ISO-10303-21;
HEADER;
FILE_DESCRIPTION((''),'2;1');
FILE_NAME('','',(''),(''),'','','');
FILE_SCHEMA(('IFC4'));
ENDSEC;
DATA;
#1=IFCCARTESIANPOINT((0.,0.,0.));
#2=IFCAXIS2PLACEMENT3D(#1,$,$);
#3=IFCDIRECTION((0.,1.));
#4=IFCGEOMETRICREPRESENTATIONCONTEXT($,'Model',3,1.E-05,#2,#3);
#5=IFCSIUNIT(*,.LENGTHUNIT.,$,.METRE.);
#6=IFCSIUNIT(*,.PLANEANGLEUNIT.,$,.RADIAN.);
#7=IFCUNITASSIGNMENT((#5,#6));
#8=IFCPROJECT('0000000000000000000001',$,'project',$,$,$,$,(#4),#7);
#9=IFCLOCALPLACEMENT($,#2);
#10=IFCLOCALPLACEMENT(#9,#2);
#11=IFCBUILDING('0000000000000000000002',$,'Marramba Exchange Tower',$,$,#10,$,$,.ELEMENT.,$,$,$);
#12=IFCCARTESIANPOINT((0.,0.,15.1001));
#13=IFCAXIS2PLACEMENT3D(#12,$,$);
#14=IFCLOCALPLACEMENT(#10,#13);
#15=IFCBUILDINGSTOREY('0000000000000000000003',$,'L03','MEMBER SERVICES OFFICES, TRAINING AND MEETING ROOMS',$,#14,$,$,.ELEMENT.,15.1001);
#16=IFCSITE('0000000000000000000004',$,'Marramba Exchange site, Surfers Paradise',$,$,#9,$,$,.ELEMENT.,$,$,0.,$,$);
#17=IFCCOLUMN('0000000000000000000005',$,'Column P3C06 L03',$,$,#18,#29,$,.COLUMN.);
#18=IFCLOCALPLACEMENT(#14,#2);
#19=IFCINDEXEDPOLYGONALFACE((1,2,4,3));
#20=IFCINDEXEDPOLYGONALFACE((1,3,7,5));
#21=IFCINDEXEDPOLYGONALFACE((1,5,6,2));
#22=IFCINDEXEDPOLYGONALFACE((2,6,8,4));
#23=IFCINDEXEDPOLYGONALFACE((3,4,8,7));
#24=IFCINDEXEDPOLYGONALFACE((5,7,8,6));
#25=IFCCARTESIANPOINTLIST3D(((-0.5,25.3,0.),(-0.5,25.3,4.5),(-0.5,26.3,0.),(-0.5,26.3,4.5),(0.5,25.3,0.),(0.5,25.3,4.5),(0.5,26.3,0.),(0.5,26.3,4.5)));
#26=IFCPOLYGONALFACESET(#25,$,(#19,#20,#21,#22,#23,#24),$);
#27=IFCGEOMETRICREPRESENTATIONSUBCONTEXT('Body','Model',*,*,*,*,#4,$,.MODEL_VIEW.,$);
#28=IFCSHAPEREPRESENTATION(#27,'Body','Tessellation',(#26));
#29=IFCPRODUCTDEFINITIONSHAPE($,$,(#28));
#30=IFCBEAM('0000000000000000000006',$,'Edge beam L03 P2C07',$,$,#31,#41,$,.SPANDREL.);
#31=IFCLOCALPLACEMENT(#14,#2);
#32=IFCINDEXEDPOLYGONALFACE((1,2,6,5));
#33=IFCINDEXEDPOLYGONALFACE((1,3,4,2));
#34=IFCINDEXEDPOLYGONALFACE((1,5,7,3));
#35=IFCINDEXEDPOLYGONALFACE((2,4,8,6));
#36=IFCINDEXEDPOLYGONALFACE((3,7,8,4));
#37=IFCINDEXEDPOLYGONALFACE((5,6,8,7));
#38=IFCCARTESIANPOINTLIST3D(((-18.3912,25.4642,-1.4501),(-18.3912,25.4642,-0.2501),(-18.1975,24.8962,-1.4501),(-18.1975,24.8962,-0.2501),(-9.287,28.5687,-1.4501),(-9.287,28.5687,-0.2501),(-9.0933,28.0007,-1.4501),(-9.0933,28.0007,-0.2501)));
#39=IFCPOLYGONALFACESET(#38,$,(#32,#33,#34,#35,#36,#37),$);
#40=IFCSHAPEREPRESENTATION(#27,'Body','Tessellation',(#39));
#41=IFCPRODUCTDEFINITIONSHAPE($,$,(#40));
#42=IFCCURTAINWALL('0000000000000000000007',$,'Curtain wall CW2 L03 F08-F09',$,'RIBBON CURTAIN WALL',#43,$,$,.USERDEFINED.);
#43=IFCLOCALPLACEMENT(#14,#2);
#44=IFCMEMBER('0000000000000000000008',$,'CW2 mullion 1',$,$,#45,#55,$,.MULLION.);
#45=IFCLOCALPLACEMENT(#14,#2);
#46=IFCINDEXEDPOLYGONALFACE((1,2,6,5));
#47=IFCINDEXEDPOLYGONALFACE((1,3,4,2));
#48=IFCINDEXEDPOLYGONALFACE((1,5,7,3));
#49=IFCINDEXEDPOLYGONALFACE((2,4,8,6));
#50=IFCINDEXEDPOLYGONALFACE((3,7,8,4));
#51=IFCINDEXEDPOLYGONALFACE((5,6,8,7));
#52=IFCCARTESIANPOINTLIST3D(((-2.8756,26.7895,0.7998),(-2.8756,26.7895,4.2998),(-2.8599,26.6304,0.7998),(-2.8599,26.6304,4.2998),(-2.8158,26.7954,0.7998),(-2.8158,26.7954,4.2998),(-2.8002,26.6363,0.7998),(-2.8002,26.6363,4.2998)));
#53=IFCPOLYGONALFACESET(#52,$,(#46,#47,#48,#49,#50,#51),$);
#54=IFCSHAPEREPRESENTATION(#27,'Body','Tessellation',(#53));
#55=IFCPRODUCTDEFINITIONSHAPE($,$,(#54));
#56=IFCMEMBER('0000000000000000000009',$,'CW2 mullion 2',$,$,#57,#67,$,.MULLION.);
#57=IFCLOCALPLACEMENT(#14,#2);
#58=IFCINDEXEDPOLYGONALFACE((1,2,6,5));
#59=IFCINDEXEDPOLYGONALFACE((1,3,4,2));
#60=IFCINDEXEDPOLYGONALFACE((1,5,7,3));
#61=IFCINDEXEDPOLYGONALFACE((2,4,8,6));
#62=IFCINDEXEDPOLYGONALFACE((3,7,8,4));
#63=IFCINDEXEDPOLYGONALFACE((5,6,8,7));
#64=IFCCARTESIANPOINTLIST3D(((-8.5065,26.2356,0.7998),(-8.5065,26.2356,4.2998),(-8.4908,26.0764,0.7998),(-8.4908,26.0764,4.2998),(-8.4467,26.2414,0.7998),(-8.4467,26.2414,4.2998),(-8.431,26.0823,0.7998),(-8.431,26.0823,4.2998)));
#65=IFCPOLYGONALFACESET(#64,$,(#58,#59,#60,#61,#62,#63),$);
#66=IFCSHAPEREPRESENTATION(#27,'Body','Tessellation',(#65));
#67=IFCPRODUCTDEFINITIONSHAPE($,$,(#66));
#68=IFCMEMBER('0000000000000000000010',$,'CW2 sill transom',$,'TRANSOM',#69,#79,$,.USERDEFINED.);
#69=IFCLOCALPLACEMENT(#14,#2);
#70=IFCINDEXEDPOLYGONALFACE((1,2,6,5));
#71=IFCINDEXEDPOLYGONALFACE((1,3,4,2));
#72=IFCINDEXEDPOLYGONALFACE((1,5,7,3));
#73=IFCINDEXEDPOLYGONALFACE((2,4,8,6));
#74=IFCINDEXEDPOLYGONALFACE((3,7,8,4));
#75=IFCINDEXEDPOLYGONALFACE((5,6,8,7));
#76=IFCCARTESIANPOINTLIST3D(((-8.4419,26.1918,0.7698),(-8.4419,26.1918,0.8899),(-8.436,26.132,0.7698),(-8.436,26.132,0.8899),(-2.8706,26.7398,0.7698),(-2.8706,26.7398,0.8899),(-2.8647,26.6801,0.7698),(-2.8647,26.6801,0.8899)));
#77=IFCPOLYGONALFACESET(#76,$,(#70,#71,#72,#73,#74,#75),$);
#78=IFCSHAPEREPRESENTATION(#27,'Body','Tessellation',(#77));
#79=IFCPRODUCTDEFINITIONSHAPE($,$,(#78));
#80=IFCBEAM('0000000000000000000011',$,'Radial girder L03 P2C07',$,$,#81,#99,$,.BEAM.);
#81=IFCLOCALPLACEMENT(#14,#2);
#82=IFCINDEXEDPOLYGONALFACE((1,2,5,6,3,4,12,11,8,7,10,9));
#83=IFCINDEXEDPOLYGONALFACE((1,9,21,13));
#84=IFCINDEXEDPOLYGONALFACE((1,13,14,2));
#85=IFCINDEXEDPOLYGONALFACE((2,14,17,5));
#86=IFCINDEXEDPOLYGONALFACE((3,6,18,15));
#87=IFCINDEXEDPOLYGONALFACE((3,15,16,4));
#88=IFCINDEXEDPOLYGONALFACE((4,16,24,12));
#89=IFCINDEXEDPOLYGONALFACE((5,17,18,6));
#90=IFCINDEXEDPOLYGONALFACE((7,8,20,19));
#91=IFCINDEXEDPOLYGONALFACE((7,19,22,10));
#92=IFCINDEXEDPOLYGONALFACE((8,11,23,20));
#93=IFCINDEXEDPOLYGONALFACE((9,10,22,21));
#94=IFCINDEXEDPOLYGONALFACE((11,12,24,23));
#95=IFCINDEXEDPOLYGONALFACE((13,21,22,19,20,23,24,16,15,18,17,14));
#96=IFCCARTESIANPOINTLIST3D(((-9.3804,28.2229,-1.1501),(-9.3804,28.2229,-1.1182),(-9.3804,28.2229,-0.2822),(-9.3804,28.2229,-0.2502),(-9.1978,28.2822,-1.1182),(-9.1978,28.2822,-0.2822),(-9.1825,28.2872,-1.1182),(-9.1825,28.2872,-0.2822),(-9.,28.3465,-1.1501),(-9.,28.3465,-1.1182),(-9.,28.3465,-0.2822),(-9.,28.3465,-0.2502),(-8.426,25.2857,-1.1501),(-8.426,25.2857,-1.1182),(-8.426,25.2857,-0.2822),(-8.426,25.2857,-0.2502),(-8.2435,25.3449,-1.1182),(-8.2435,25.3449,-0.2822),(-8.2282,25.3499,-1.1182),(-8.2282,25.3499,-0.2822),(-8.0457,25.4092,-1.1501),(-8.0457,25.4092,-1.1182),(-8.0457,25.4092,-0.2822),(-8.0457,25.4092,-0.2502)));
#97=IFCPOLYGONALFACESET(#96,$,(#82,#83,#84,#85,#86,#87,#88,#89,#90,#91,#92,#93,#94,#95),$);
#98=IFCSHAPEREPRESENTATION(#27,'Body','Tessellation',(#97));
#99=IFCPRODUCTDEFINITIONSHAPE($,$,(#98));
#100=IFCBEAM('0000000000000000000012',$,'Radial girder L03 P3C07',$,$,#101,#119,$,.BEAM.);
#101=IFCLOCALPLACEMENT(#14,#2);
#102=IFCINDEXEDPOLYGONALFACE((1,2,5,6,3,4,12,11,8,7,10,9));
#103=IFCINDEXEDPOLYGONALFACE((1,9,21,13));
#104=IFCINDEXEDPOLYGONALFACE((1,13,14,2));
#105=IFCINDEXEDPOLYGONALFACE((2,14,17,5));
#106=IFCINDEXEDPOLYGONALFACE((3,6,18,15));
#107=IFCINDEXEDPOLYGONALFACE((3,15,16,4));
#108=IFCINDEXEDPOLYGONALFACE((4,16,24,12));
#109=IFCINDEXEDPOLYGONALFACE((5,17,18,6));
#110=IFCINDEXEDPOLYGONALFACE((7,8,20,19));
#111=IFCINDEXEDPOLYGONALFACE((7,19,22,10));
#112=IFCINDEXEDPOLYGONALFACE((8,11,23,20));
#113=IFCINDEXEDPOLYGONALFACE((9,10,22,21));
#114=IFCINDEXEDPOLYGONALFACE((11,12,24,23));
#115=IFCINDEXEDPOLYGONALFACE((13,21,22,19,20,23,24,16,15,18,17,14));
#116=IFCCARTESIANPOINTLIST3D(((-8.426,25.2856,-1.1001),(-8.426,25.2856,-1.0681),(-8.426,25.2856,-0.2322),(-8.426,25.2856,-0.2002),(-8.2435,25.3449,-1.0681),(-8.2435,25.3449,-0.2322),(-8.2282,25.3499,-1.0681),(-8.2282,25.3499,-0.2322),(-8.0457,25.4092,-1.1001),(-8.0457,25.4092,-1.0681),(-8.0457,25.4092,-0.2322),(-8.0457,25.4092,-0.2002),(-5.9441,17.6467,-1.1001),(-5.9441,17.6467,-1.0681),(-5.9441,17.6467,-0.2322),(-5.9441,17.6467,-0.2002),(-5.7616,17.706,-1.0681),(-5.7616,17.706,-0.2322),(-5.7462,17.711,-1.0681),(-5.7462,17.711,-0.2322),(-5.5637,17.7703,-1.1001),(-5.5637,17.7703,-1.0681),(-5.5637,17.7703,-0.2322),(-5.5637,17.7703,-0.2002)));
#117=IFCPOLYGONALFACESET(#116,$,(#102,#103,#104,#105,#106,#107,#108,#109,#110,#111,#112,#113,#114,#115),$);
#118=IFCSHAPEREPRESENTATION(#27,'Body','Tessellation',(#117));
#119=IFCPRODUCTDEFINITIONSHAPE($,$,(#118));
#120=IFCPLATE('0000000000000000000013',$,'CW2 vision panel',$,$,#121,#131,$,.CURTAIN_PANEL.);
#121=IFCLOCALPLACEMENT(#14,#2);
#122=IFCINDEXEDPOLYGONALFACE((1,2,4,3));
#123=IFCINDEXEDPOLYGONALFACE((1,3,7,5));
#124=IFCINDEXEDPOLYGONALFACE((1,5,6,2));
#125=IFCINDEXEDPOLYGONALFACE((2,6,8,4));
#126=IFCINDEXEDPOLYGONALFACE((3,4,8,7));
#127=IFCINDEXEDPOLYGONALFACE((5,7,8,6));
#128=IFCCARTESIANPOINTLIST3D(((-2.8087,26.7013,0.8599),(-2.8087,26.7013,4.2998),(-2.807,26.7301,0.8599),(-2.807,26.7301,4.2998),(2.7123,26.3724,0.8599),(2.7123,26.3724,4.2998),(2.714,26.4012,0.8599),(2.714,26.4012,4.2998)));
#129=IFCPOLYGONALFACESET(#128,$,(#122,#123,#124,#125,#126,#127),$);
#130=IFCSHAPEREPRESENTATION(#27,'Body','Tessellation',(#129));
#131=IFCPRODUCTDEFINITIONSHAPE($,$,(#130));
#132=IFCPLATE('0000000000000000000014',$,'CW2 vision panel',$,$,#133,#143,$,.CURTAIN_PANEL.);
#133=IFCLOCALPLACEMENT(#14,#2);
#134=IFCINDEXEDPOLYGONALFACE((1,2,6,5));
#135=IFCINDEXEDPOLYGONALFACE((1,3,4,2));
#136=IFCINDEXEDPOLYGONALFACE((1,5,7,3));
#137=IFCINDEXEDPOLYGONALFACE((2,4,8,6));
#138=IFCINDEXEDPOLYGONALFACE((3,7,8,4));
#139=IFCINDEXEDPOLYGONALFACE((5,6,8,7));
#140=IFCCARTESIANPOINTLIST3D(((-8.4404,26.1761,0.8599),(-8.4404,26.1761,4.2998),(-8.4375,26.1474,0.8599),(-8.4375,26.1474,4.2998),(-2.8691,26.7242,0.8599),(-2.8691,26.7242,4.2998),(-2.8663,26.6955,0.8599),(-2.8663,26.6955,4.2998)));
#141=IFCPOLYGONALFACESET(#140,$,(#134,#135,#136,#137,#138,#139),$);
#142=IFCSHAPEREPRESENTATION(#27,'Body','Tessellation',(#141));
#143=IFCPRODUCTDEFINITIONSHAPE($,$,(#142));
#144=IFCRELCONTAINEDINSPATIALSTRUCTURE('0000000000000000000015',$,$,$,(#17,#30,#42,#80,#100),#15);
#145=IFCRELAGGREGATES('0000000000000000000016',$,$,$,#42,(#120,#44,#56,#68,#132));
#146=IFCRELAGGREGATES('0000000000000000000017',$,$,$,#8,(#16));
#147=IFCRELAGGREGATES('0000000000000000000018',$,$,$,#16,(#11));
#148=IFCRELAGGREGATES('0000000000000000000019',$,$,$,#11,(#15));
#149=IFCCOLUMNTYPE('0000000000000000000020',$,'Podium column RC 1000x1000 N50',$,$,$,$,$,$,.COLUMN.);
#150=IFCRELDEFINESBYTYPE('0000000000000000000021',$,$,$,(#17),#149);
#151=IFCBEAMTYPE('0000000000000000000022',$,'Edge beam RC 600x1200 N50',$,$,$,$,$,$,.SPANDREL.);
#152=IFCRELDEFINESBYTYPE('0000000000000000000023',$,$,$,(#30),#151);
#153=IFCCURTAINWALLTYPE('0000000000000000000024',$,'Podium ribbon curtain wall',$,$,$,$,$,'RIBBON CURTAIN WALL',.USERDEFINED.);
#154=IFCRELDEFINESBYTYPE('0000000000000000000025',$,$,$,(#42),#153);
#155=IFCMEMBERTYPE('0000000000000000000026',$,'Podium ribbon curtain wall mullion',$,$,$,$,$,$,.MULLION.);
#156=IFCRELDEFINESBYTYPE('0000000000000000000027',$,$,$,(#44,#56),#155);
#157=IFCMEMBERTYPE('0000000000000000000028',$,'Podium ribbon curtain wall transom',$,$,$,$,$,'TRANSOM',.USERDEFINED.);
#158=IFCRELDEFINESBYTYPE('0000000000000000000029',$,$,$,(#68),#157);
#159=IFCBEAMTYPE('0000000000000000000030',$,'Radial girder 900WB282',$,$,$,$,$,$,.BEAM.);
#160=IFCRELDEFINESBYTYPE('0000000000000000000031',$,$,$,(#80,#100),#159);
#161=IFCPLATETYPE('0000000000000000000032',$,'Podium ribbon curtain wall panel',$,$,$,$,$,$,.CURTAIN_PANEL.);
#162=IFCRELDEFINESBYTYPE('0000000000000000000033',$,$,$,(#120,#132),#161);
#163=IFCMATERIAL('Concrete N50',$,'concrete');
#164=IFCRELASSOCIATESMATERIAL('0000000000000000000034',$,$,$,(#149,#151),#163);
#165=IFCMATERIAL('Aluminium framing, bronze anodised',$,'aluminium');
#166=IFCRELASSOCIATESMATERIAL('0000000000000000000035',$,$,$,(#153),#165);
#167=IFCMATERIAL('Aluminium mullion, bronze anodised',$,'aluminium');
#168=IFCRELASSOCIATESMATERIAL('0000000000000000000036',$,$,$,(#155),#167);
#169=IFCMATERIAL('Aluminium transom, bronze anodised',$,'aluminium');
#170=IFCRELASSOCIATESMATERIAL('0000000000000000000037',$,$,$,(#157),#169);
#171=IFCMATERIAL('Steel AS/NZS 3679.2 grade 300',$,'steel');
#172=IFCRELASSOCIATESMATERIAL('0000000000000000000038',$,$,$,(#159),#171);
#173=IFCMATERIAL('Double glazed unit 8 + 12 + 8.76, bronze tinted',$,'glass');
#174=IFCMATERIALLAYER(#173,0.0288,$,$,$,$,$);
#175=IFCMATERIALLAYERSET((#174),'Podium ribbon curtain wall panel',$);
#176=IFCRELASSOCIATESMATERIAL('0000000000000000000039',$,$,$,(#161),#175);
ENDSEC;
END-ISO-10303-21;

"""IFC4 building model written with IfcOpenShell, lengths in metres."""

from ifc_helpers import new_model, si_unit, direction, frame, origin, origin_2d, place, context, subcontext, project, spatial, rectangle, i_section, extrude, material, layer, layer_set, material_profile, profile_set, type_object, element, aggregate, save


model = new_model("IFC4")

# Units and contexts
model_context = context("Model", 3, precision=1e-05, world=origin(), true_north=direction((0.0, 1.0)))
body_context = subcontext(model_context, "Body", "Model", "MODEL_VIEW")
ifc_project = project(units=[si_unit("LENGTHUNIT", "METRE"), si_unit("PLANEANGLEUNIT", "RADIAN")], contexts=[model_context])

# Site, building, storey
site_placement = place(None, origin())
site = spatial("IfcSite", under=ifc_project, at=site_placement, Name="Marramba Exchange site, Surfers Paradise", CompositionType="ELEMENT", RefElevation=0.0)
building_placement = place(site_placement, origin())
building = spatial("IfcBuilding", under=site, at=building_placement, Name="Marramba Exchange Tower", CompositionType="ELEMENT")
storey_placement = place(building_placement, frame((0.0, 0.0, 15.1001)))
storey = spatial("IfcBuildingStorey", under=building, at=storey_placement, Name="L03", Description="MEMBER SERVICES OFFICES, TRAINING AND MEETING ROOMS", CompositionType="ELEMENT", Elevation=15.1001)

# Column
ifc_material_1 = material(Name="Concrete N50", Category="concrete")
ifc_material_profile_1 = material_profile(ifc_material_1, rectangle(XDim=1.0, YDim=1.0, at=origin_2d()), Name="RC 1000x1000")
ifc_profile_set_1 = profile_set([ifc_material_profile_1], Name="Concrete N50")
column_type = type_object("IfcColumnType", Name="Podium column RC 1000x1000 N50", PredefinedType="COLUMN", material=ifc_profile_set_1)
column_placement = place(storey_placement, frame((0.0, 25.8, 0.0), z_axis=(0.0, 0.0, 1.0), x_axis=(0.0, 1.0, 0.0)))
element("IfcColumn", 1, at=column_placement, inside=storey, type_object=column_type, Name="Column P3C06 L03", PredefinedType="COLUMN", context=body_context, shape_type="SweptSolid", body=[
    extrude(rectangle(XDim=1.0, YDim=1.0, at=origin_2d()), origin(), (0.0, 0.0, 1.0), 4.5),
])

# Beam
ifc_material_profile_2 = material_profile(ifc_material_1, rectangle(XDim=0.6001, YDim=1.2, at=origin_2d()), Name="RC 600x1200")
ifc_profile_set_2 = profile_set([ifc_material_profile_2], Name="Concrete N50")
beam_type_1 = type_object("IfcBeamType", Name="Edge beam RC 600x1200 N50", PredefinedType="SPANDREL", material=ifc_profile_set_2)
beam_1_placement = place(storey_placement, frame((-9.1902, 28.2847, -0.8501), z_axis=(-0.946486, -0.322746, 0.0), x_axis=(0.322746, -0.946486, 0.0)))
element("IfcBeam", 2, at=beam_1_placement, inside=storey, type_object=beam_type_1, Name="Edge beam L03 P2C07", PredefinedType="SPANDREL", context=body_context, shape_type="SweptSolid", body=[
    extrude(rectangle(XDim=0.6001, YDim=1.2, at=origin_2d()), origin(), (0.0, 0.0, 1.0), 9.6189),
])

# Curtain wall, members
ifc_material_2 = material(Name="Aluminium framing, bronze anodised", Category="aluminium")
curtain_wall_type = type_object("IfcCurtainWallType", Name="Podium ribbon curtain wall", ElementType="RIBBON CURTAIN WALL", PredefinedType="USERDEFINED", material=ifc_material_2)
curtain_wall_placement = place(storey_placement, origin())
curtain_wall = element("IfcCurtainWall", 3, at=curtain_wall_placement, inside=storey, type_object=curtain_wall_type, Name="Curtain wall CW2 L03 F08-F09", ObjectType="RIBBON CURTAIN WALL", PredefinedType="USERDEFINED")
ifc_material_3 = material(Name="Aluminium mullion, bronze anodised", Category="aluminium")
ifc_material_profile_3 = material_profile(ifc_material_3, rectangle(XDim=0.1599, YDim=0.0601, at=origin_2d()), Name="CW2 mullion 60x160")
ifc_profile_set_3 = profile_set([ifc_material_profile_3], Name="Aluminium mullion, bronze anodised")
member_type_1 = type_object("IfcMemberType", Name="Podium ribbon curtain wall mullion", PredefinedType="MULLION", material=ifc_profile_set_3)
member_1_placement = place(storey_placement, frame((-2.8379, 26.7129, 0.7998), z_axis=(0.0, 0.0, 1.0), x_axis=(0.097914, -0.995195, 0.0)))
member_1 = element("IfcMember", 4, at=member_1_placement, type_object=member_type_1, Name="CW2 mullion 1", PredefinedType="MULLION", context=body_context, shape_type="SweptSolid", body=[
    extrude(rectangle(XDim=0.1599, YDim=0.0601, at=origin_2d()), origin(), (0.0, 0.0, 1.0), 3.5),
])
member_2_placement = place(storey_placement, frame((-8.4688, 26.1589, 0.7998), z_axis=(0.0, 0.0, 1.0), x_axis=(0.097914, -0.995195, 0.0)))
member_2 = element("IfcMember", 5, at=member_2_placement, type_object=member_type_1, Name="CW2 mullion 2", PredefinedType="MULLION", context=body_context, shape_type="SweptSolid", body=[
    extrude(rectangle(XDim=0.1599, YDim=0.0601, at=origin_2d()), origin(), (0.0, 0.0, 1.0), 3.5),
])
ifc_material_4 = material(Name="Aluminium transom, bronze anodised", Category="aluminium")
ifc_material_profile_4 = material_profile(ifc_material_4, rectangle(XDim=0.0601, YDim=0.1201, at=origin_2d()), Name="CW2 transom 60x120")
ifc_profile_set_4 = profile_set([ifc_material_profile_4], Name="Aluminium transom, bronze anodised")
member_type_2 = type_object("IfcMemberType", Name="Podium ribbon curtain wall transom", ElementType="TRANSOM", PredefinedType="USERDEFINED", material=ifc_profile_set_4)
member_3_placement = place(storey_placement, frame((-2.8677, 26.71, 0.8298), z_axis=(-0.995196, -0.097906, 0.0), x_axis=(0.097906, -0.995196, 0.0)))
member_3 = element("IfcMember", 6, at=member_3_placement, type_object=member_type_2, Name="CW2 sill transom", ObjectType="TRANSOM", PredefinedType="USERDEFINED", context=body_context, shape_type="SweptSolid", body=[
    extrude(rectangle(XDim=0.0601, YDim=0.1201, at=origin_2d()), origin(), (0.0, 0.0, 1.0), 5.5981),
])

# Beams
ifc_material_5 = material(Name="Steel AS/NZS 3679.2 grade 300", Category="steel")
ifc_material_profile_5 = material_profile(ifc_material_5, i_section(OverallWidth=0.3999, OverallDepth=0.8999, WebThickness=0.0161, FlangeThickness=0.032, at=origin_2d()), Name="900WB282")
ifc_profile_set_5 = profile_set([ifc_material_profile_5], Name="Steel AS/NZS 3679.2 grade 300")
beam_type_2 = type_object("IfcBeamType", Name="Radial girder 900WB282", PredefinedType="BEAM", material=ifc_profile_set_5)
beam_2_placement = place(storey_placement, frame((-9.1902, 28.2847, -0.7002), z_axis=(0.309009, -0.951059, 0.0), x_axis=(0.951059, 0.309009, 0.0)))
element("IfcBeam", 7, at=beam_2_placement, inside=storey, type_object=beam_type_2, Name="Radial girder L03 P2C07", PredefinedType="BEAM", context=body_context, shape_type="SweptSolid", body=[
    extrude(i_section(OverallWidth=0.3999, OverallDepth=0.8999, WebThickness=0.0161, FlangeThickness=0.032, at=origin_2d()), origin(), (0.0, 0.0, 1.0), 3.0884),
])
beam_3_placement = place(storey_placement, frame((-8.2358, 25.3474, -0.6501), z_axis=(0.309006, -0.95106, 0.0), x_axis=(0.95106, 0.309006, 0.0)))
element("IfcBeam", 8, at=beam_3_placement, inside=storey, type_object=beam_type_2, Name="Radial girder L03 P3C07", PredefinedType="BEAM", context=body_context, shape_type="SweptSolid", body=[
    extrude(i_section(OverallWidth=0.3999, OverallDepth=0.8999, WebThickness=0.0161, FlangeThickness=0.032, at=origin_2d()), origin(), (0.0, 0.0, 1.0), 8.032),
])

# Plates
ifc_material_6 = material(Name="Double glazed unit 8 + 12 + 8.76, bronze tinted", Category="glass")
ifc_layer_1 = layer(ifc_material_6, 0.0288)
ifc_layer_set_1 = layer_set([ifc_layer_1], Name="Podium ribbon curtain wall panel")
plate_type = type_object("IfcPlateType", Name="Podium ribbon curtain wall panel", PredefinedType="CURTAIN_PANEL", material=ifc_layer_set_1)
plate_1_placement = place(storey_placement, frame((-0.0474, 26.5513, 0.8599), z_axis=(0.0, 0.0, 1.0), x_axis=(-0.99823, 0.059468, 0.0)))
plate_1 = element("IfcPlate", 9, at=plate_1_placement, type_object=plate_type, Name="CW2 vision panel", PredefinedType="CURTAIN_PANEL", context=body_context, shape_type="SweptSolid", body=[
    extrude(rectangle(XDim=5.5308, YDim=0.0288, at=origin_2d()), origin(), (0.0, 0.0, 1.0), 3.4399),
])
plate_2_placement = place(storey_placement, frame((-5.6533, 26.4358, 0.8599), z_axis=(0.0, 0.0, 1.0), x_axis=(-0.995195, -0.097914, 0.0)))
plate_2 = element("IfcPlate", 10, at=plate_2_placement, type_object=plate_type, Name="CW2 vision panel", PredefinedType="CURTAIN_PANEL", context=body_context, shape_type="SweptSolid", body=[
    extrude(rectangle(XDim=5.5981, YDim=0.0288, at=origin_2d()), origin(), (0.0, 0.0, 1.0), 3.4399),
])
aggregate(curtain_wall, [plate_1, member_1, member_2, member_3, plate_2])

save(model, "model.ifc")
